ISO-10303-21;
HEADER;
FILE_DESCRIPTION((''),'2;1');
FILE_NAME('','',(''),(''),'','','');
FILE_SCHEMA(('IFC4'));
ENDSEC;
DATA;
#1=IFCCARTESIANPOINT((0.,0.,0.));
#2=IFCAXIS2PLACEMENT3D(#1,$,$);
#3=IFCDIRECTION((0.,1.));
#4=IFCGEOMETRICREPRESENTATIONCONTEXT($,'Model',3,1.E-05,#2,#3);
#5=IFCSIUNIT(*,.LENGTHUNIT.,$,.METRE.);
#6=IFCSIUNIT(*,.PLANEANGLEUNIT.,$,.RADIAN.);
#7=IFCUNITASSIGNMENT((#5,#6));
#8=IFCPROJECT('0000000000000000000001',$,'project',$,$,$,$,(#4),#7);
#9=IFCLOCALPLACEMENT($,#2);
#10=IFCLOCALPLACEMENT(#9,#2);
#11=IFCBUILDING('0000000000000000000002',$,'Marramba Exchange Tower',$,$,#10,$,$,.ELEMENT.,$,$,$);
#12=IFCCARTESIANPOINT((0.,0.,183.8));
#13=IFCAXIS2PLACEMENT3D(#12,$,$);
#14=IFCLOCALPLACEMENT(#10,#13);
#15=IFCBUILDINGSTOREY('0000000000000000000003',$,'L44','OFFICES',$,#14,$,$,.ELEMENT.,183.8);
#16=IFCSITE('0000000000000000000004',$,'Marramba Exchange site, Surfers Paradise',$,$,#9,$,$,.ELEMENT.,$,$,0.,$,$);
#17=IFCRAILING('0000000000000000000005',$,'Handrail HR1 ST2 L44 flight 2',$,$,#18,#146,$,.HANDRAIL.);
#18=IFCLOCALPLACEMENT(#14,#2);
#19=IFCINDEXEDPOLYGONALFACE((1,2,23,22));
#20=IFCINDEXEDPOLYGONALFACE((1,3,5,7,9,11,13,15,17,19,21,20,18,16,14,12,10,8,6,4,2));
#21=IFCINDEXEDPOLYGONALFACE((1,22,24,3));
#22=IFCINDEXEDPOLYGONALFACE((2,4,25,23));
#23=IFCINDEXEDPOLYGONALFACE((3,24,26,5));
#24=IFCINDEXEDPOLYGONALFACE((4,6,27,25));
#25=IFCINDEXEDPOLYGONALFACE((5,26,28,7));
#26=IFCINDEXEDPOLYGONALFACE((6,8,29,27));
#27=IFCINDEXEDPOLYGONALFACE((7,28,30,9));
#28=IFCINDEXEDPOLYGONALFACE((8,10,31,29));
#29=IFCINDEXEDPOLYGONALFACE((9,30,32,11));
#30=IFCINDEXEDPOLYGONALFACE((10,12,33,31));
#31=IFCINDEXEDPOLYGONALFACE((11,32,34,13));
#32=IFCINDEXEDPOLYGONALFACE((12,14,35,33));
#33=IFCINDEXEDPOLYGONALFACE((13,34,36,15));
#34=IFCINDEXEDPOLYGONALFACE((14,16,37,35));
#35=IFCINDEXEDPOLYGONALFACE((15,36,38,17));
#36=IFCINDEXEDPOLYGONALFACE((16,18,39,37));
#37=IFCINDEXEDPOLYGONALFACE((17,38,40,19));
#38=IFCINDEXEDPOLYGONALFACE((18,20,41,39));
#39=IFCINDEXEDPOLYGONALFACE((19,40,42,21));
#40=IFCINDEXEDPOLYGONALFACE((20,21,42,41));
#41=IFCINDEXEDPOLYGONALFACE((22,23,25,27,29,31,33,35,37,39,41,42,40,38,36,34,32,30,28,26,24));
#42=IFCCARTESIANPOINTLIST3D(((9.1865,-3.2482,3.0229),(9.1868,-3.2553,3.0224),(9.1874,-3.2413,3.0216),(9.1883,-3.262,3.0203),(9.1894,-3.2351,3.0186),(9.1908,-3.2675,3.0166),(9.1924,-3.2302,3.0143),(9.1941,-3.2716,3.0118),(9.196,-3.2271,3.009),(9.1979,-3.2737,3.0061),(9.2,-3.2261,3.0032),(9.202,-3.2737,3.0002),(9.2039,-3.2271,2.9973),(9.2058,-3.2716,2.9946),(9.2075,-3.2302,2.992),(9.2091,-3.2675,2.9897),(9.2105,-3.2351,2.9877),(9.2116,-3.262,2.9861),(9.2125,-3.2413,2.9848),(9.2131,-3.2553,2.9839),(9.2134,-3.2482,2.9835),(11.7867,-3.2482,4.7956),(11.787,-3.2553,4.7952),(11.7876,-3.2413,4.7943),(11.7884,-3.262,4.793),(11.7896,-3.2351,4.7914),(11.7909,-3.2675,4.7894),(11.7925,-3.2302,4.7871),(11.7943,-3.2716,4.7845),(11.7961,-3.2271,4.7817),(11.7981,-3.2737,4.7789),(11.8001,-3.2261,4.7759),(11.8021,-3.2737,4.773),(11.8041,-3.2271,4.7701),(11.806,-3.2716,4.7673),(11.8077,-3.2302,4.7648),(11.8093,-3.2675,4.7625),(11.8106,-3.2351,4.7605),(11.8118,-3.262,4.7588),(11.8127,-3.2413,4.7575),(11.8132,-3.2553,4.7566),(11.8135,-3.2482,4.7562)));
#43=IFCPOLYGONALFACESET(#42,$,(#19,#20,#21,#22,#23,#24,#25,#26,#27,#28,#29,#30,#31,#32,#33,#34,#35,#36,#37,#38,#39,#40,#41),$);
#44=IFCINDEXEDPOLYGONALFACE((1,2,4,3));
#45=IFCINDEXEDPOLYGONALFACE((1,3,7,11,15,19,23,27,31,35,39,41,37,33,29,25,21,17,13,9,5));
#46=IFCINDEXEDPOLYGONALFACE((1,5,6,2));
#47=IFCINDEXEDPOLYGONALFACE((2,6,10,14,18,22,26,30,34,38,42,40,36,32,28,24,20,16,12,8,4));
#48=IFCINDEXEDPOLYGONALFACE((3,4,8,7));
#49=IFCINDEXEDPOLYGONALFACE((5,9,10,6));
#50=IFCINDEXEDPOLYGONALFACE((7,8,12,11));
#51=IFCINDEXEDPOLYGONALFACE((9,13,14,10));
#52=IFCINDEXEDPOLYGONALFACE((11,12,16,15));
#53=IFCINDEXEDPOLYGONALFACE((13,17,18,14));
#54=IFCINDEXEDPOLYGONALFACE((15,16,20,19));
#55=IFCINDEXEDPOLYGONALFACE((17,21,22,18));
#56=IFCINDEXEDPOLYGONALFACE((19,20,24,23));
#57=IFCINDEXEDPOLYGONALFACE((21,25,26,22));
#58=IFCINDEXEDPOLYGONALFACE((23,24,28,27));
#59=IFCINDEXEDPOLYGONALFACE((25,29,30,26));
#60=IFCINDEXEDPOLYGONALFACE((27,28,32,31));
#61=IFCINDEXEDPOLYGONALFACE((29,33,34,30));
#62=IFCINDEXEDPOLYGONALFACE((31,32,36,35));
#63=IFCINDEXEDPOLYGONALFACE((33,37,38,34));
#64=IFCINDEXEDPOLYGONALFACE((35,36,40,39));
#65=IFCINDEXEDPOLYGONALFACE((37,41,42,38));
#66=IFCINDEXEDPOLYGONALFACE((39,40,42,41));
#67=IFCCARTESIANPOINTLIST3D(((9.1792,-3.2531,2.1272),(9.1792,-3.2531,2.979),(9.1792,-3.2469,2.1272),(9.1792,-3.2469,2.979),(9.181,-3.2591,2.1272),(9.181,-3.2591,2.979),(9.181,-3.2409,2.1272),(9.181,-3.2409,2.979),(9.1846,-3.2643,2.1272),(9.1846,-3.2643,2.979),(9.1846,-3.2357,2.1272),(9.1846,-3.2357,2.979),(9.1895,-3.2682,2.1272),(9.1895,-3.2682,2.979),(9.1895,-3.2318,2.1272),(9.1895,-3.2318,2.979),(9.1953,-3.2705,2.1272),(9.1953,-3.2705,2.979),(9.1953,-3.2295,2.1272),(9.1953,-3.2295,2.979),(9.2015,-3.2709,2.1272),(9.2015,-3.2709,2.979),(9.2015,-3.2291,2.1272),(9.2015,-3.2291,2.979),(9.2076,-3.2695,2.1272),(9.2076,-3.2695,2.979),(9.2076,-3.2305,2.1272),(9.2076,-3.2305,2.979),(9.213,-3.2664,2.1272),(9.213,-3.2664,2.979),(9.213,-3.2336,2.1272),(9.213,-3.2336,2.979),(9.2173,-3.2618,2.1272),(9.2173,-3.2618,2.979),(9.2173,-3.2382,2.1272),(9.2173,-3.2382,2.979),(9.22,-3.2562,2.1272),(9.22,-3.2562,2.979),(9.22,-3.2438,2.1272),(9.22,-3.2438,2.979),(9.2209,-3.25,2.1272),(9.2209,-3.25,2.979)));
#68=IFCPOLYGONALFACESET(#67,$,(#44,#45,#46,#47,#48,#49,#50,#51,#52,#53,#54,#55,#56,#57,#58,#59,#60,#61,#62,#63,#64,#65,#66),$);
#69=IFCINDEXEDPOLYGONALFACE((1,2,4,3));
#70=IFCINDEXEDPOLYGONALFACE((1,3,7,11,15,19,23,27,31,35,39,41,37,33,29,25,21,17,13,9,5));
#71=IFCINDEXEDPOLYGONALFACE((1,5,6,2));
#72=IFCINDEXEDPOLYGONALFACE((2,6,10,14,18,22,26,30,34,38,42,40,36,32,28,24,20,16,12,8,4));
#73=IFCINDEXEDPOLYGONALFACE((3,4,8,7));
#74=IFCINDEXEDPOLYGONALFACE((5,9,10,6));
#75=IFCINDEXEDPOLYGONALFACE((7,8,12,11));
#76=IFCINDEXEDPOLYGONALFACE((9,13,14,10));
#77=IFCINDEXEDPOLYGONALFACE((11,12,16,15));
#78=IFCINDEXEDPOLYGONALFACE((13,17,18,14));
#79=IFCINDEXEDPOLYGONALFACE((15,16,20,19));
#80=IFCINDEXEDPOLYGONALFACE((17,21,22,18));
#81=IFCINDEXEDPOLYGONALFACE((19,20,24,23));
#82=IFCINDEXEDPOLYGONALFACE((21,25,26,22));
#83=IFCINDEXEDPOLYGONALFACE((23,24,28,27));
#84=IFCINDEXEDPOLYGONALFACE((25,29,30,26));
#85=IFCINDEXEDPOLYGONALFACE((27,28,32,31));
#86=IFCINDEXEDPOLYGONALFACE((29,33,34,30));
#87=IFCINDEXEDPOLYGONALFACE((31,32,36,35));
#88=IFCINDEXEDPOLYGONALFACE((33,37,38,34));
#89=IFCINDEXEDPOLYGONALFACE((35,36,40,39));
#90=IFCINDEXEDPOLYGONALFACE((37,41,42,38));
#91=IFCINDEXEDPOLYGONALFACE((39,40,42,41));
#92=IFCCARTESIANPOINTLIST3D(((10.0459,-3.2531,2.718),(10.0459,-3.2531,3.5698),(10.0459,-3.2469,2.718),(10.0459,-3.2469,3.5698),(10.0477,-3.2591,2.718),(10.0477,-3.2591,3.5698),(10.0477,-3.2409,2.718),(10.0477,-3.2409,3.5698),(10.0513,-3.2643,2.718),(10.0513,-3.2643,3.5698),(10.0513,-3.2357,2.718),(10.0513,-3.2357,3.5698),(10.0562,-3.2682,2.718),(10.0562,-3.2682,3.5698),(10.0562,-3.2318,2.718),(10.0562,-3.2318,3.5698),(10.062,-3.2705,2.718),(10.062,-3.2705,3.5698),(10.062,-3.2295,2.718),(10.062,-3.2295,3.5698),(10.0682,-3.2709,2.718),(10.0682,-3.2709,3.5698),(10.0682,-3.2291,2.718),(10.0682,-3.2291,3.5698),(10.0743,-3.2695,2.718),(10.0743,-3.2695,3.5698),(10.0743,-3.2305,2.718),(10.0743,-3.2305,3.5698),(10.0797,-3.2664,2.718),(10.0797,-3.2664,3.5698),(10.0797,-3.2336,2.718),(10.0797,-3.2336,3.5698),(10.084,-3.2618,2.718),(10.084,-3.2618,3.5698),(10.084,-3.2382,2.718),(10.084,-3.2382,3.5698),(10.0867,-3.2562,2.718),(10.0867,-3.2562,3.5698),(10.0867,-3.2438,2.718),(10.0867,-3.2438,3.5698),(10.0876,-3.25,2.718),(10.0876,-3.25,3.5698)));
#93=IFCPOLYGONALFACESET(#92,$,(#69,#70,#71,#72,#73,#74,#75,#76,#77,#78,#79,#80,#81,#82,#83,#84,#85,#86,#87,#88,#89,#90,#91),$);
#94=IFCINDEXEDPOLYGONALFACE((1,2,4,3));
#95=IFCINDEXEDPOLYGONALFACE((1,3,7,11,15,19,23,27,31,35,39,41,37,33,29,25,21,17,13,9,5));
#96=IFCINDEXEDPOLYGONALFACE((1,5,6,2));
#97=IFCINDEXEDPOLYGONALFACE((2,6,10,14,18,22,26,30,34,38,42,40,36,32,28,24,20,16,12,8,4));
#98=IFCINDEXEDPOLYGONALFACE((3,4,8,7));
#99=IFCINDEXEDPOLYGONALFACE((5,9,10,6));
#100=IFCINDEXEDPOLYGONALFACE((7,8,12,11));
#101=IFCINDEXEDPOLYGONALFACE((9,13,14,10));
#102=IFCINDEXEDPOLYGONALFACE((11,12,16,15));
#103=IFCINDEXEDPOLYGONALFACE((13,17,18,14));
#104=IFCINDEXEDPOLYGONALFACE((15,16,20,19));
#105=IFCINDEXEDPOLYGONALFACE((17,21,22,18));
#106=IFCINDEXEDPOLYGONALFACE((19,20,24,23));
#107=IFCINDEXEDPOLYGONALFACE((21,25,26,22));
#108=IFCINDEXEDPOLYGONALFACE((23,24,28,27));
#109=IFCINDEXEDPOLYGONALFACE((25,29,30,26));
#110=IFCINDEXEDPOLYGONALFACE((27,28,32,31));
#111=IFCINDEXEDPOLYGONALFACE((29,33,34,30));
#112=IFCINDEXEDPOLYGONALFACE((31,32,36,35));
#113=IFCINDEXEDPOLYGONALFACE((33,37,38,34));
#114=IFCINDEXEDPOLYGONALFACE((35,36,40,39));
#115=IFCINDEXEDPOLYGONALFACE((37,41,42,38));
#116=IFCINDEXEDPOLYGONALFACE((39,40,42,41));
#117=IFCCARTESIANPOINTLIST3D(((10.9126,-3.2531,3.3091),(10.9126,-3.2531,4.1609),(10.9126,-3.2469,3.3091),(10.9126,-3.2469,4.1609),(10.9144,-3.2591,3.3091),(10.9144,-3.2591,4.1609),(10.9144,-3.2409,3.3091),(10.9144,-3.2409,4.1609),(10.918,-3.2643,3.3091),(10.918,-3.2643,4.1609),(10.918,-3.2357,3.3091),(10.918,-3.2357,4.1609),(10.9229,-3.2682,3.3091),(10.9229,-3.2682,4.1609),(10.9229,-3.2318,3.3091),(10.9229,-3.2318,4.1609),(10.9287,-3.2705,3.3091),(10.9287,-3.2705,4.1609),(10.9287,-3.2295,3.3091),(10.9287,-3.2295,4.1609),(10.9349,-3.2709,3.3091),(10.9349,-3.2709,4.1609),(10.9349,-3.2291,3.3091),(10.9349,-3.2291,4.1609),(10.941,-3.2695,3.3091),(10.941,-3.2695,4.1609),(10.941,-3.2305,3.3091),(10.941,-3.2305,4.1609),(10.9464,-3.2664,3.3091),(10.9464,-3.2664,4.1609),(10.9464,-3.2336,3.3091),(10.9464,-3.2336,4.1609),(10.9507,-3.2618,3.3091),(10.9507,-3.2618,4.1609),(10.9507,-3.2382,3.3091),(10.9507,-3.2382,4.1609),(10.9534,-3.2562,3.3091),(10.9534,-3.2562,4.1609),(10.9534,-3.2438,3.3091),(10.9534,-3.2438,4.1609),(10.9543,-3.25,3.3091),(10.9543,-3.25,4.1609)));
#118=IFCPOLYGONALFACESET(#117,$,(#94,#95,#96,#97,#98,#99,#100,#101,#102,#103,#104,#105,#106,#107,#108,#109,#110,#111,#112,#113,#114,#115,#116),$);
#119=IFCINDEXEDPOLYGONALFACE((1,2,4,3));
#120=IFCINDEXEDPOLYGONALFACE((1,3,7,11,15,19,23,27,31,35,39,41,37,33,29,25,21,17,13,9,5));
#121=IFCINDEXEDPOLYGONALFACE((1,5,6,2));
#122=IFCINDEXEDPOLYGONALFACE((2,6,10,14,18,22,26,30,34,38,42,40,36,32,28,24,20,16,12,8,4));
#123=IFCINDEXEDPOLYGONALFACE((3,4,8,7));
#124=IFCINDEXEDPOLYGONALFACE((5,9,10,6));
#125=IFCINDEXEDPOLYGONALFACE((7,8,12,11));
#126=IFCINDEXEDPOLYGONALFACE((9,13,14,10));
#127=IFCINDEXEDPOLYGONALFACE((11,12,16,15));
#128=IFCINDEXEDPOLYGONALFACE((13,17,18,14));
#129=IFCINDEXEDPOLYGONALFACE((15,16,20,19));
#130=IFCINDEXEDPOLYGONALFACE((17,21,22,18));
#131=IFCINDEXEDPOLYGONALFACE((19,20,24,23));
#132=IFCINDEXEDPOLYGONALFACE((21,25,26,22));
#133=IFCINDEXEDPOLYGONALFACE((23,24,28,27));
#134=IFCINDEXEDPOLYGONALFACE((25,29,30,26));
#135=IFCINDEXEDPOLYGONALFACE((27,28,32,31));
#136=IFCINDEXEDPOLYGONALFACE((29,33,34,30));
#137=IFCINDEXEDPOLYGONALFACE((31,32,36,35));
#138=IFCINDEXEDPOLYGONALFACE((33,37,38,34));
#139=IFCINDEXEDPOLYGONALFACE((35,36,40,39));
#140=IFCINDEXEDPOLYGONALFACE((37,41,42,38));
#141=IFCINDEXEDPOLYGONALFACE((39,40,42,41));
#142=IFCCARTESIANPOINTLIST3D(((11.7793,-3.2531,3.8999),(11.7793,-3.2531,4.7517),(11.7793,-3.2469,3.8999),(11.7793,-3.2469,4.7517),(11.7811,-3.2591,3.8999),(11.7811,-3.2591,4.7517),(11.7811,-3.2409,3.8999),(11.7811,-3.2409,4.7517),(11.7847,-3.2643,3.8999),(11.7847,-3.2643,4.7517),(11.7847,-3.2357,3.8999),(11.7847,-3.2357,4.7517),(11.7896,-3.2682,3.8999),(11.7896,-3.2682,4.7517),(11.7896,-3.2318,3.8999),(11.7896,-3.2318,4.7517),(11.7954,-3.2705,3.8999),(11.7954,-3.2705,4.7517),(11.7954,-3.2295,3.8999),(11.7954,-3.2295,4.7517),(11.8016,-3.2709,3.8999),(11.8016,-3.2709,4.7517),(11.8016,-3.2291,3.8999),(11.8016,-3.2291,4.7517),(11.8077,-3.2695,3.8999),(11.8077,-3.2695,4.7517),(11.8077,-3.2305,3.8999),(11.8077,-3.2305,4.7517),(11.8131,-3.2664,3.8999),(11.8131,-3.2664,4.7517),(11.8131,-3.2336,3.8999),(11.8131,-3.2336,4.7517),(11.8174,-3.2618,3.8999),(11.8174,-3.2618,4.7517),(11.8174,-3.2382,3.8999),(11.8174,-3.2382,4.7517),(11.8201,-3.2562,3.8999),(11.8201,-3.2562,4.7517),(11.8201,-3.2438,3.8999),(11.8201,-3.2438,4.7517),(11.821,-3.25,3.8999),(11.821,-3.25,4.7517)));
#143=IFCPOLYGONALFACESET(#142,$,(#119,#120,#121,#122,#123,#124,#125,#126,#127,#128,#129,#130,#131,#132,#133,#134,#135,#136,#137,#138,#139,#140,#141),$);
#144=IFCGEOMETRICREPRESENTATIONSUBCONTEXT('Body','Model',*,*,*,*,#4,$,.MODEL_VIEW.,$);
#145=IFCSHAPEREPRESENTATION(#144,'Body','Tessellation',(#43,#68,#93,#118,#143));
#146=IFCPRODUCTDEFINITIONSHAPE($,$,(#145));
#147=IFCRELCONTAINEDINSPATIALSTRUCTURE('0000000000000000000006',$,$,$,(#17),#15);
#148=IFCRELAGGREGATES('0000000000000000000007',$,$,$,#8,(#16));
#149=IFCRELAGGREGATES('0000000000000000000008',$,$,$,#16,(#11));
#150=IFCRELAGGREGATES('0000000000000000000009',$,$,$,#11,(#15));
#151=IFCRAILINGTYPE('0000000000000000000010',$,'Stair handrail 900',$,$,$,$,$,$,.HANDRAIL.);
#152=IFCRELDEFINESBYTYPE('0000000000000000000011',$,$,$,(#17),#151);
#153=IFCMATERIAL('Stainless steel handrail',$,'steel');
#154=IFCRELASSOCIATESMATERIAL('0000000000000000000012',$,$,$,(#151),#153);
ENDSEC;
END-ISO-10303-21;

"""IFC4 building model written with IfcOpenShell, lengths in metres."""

from ifc_helpers import new_model, si_unit, direction, frame, origin, origin_2d, place, context, subcontext, project, spatial, circle, extrude, material, type_object, element, save


model = new_model("IFC4")

# Units and contexts
model_context = context("Model", 3, precision=1e-05, world=origin(), true_north=direction((0.0, 1.0)))
body_context = subcontext(model_context, "Body", "Model", "MODEL_VIEW")
ifc_project = project(units=[si_unit("LENGTHUNIT", "METRE"), si_unit("PLANEANGLEUNIT", "RADIAN")], contexts=[model_context])

# Site, building, storey
site_placement = place(None, origin())
site = spatial("IfcSite", under=ifc_project, at=site_placement, Name="Marramba Exchange site, Surfers Paradise", CompositionType="ELEMENT", RefElevation=0.0)
building_placement = place(site_placement, origin())
building = spatial("IfcBuilding", under=site, at=building_placement, Name="Marramba Exchange Tower", CompositionType="ELEMENT")
storey_placement = place(building_placement, frame((0.0, 0.0, 183.8)))
storey = spatial("IfcBuildingStorey", under=building, at=storey_placement, Name="L44", Description="OFFICES", CompositionType="ELEMENT", Elevation=183.8)

# Railing
ifc_material_1 = material(Name="Stainless steel handrail", Category="steel")
railing_type = type_object("IfcRailingType", Name="Stair handrail 900", PredefinedType="HANDRAIL", material=ifc_material_1)
railing_placement = place(storey_placement, frame((9.2, -3.25, 2.1272)))
element("IfcRailing", 1, at=railing_placement, inside=storey, type_object=railing_type, Name="Handrail HR1 ST2 L44 flight 2", PredefinedType="HANDRAIL", context=body_context, shape_type="SweptSolid", body=[
    extrude(circle(Radius=0.0239, at=origin_2d()), frame((0.0, 0.0, 0.876), z_axis=(0.82624, 0.0, 0.563318), x_axis=(0.0, 1.0, 0.0)), (0.0, 0.0, 1.0), 3.147),
    extrude(circle(Radius=0.021, at=origin_2d()), origin(), (0.0, 0.0, 1.0), 0.8518),
    extrude(circle(Radius=0.021, at=origin_2d()), frame((0.8667, 0.0, 0.5908)), (0.0, 0.0, 1.0), 0.8518),
    extrude(circle(Radius=0.021, at=origin_2d()), frame((1.7334, 0.0, 1.1819)), (0.0, 0.0, 1.0), 0.8518),
    extrude(circle(Radius=0.021, at=origin_2d()), frame((2.6001, 0.0, 1.7727)), (0.0, 0.0, 1.0), 0.8518),
])

save(model, "model.ifc")
